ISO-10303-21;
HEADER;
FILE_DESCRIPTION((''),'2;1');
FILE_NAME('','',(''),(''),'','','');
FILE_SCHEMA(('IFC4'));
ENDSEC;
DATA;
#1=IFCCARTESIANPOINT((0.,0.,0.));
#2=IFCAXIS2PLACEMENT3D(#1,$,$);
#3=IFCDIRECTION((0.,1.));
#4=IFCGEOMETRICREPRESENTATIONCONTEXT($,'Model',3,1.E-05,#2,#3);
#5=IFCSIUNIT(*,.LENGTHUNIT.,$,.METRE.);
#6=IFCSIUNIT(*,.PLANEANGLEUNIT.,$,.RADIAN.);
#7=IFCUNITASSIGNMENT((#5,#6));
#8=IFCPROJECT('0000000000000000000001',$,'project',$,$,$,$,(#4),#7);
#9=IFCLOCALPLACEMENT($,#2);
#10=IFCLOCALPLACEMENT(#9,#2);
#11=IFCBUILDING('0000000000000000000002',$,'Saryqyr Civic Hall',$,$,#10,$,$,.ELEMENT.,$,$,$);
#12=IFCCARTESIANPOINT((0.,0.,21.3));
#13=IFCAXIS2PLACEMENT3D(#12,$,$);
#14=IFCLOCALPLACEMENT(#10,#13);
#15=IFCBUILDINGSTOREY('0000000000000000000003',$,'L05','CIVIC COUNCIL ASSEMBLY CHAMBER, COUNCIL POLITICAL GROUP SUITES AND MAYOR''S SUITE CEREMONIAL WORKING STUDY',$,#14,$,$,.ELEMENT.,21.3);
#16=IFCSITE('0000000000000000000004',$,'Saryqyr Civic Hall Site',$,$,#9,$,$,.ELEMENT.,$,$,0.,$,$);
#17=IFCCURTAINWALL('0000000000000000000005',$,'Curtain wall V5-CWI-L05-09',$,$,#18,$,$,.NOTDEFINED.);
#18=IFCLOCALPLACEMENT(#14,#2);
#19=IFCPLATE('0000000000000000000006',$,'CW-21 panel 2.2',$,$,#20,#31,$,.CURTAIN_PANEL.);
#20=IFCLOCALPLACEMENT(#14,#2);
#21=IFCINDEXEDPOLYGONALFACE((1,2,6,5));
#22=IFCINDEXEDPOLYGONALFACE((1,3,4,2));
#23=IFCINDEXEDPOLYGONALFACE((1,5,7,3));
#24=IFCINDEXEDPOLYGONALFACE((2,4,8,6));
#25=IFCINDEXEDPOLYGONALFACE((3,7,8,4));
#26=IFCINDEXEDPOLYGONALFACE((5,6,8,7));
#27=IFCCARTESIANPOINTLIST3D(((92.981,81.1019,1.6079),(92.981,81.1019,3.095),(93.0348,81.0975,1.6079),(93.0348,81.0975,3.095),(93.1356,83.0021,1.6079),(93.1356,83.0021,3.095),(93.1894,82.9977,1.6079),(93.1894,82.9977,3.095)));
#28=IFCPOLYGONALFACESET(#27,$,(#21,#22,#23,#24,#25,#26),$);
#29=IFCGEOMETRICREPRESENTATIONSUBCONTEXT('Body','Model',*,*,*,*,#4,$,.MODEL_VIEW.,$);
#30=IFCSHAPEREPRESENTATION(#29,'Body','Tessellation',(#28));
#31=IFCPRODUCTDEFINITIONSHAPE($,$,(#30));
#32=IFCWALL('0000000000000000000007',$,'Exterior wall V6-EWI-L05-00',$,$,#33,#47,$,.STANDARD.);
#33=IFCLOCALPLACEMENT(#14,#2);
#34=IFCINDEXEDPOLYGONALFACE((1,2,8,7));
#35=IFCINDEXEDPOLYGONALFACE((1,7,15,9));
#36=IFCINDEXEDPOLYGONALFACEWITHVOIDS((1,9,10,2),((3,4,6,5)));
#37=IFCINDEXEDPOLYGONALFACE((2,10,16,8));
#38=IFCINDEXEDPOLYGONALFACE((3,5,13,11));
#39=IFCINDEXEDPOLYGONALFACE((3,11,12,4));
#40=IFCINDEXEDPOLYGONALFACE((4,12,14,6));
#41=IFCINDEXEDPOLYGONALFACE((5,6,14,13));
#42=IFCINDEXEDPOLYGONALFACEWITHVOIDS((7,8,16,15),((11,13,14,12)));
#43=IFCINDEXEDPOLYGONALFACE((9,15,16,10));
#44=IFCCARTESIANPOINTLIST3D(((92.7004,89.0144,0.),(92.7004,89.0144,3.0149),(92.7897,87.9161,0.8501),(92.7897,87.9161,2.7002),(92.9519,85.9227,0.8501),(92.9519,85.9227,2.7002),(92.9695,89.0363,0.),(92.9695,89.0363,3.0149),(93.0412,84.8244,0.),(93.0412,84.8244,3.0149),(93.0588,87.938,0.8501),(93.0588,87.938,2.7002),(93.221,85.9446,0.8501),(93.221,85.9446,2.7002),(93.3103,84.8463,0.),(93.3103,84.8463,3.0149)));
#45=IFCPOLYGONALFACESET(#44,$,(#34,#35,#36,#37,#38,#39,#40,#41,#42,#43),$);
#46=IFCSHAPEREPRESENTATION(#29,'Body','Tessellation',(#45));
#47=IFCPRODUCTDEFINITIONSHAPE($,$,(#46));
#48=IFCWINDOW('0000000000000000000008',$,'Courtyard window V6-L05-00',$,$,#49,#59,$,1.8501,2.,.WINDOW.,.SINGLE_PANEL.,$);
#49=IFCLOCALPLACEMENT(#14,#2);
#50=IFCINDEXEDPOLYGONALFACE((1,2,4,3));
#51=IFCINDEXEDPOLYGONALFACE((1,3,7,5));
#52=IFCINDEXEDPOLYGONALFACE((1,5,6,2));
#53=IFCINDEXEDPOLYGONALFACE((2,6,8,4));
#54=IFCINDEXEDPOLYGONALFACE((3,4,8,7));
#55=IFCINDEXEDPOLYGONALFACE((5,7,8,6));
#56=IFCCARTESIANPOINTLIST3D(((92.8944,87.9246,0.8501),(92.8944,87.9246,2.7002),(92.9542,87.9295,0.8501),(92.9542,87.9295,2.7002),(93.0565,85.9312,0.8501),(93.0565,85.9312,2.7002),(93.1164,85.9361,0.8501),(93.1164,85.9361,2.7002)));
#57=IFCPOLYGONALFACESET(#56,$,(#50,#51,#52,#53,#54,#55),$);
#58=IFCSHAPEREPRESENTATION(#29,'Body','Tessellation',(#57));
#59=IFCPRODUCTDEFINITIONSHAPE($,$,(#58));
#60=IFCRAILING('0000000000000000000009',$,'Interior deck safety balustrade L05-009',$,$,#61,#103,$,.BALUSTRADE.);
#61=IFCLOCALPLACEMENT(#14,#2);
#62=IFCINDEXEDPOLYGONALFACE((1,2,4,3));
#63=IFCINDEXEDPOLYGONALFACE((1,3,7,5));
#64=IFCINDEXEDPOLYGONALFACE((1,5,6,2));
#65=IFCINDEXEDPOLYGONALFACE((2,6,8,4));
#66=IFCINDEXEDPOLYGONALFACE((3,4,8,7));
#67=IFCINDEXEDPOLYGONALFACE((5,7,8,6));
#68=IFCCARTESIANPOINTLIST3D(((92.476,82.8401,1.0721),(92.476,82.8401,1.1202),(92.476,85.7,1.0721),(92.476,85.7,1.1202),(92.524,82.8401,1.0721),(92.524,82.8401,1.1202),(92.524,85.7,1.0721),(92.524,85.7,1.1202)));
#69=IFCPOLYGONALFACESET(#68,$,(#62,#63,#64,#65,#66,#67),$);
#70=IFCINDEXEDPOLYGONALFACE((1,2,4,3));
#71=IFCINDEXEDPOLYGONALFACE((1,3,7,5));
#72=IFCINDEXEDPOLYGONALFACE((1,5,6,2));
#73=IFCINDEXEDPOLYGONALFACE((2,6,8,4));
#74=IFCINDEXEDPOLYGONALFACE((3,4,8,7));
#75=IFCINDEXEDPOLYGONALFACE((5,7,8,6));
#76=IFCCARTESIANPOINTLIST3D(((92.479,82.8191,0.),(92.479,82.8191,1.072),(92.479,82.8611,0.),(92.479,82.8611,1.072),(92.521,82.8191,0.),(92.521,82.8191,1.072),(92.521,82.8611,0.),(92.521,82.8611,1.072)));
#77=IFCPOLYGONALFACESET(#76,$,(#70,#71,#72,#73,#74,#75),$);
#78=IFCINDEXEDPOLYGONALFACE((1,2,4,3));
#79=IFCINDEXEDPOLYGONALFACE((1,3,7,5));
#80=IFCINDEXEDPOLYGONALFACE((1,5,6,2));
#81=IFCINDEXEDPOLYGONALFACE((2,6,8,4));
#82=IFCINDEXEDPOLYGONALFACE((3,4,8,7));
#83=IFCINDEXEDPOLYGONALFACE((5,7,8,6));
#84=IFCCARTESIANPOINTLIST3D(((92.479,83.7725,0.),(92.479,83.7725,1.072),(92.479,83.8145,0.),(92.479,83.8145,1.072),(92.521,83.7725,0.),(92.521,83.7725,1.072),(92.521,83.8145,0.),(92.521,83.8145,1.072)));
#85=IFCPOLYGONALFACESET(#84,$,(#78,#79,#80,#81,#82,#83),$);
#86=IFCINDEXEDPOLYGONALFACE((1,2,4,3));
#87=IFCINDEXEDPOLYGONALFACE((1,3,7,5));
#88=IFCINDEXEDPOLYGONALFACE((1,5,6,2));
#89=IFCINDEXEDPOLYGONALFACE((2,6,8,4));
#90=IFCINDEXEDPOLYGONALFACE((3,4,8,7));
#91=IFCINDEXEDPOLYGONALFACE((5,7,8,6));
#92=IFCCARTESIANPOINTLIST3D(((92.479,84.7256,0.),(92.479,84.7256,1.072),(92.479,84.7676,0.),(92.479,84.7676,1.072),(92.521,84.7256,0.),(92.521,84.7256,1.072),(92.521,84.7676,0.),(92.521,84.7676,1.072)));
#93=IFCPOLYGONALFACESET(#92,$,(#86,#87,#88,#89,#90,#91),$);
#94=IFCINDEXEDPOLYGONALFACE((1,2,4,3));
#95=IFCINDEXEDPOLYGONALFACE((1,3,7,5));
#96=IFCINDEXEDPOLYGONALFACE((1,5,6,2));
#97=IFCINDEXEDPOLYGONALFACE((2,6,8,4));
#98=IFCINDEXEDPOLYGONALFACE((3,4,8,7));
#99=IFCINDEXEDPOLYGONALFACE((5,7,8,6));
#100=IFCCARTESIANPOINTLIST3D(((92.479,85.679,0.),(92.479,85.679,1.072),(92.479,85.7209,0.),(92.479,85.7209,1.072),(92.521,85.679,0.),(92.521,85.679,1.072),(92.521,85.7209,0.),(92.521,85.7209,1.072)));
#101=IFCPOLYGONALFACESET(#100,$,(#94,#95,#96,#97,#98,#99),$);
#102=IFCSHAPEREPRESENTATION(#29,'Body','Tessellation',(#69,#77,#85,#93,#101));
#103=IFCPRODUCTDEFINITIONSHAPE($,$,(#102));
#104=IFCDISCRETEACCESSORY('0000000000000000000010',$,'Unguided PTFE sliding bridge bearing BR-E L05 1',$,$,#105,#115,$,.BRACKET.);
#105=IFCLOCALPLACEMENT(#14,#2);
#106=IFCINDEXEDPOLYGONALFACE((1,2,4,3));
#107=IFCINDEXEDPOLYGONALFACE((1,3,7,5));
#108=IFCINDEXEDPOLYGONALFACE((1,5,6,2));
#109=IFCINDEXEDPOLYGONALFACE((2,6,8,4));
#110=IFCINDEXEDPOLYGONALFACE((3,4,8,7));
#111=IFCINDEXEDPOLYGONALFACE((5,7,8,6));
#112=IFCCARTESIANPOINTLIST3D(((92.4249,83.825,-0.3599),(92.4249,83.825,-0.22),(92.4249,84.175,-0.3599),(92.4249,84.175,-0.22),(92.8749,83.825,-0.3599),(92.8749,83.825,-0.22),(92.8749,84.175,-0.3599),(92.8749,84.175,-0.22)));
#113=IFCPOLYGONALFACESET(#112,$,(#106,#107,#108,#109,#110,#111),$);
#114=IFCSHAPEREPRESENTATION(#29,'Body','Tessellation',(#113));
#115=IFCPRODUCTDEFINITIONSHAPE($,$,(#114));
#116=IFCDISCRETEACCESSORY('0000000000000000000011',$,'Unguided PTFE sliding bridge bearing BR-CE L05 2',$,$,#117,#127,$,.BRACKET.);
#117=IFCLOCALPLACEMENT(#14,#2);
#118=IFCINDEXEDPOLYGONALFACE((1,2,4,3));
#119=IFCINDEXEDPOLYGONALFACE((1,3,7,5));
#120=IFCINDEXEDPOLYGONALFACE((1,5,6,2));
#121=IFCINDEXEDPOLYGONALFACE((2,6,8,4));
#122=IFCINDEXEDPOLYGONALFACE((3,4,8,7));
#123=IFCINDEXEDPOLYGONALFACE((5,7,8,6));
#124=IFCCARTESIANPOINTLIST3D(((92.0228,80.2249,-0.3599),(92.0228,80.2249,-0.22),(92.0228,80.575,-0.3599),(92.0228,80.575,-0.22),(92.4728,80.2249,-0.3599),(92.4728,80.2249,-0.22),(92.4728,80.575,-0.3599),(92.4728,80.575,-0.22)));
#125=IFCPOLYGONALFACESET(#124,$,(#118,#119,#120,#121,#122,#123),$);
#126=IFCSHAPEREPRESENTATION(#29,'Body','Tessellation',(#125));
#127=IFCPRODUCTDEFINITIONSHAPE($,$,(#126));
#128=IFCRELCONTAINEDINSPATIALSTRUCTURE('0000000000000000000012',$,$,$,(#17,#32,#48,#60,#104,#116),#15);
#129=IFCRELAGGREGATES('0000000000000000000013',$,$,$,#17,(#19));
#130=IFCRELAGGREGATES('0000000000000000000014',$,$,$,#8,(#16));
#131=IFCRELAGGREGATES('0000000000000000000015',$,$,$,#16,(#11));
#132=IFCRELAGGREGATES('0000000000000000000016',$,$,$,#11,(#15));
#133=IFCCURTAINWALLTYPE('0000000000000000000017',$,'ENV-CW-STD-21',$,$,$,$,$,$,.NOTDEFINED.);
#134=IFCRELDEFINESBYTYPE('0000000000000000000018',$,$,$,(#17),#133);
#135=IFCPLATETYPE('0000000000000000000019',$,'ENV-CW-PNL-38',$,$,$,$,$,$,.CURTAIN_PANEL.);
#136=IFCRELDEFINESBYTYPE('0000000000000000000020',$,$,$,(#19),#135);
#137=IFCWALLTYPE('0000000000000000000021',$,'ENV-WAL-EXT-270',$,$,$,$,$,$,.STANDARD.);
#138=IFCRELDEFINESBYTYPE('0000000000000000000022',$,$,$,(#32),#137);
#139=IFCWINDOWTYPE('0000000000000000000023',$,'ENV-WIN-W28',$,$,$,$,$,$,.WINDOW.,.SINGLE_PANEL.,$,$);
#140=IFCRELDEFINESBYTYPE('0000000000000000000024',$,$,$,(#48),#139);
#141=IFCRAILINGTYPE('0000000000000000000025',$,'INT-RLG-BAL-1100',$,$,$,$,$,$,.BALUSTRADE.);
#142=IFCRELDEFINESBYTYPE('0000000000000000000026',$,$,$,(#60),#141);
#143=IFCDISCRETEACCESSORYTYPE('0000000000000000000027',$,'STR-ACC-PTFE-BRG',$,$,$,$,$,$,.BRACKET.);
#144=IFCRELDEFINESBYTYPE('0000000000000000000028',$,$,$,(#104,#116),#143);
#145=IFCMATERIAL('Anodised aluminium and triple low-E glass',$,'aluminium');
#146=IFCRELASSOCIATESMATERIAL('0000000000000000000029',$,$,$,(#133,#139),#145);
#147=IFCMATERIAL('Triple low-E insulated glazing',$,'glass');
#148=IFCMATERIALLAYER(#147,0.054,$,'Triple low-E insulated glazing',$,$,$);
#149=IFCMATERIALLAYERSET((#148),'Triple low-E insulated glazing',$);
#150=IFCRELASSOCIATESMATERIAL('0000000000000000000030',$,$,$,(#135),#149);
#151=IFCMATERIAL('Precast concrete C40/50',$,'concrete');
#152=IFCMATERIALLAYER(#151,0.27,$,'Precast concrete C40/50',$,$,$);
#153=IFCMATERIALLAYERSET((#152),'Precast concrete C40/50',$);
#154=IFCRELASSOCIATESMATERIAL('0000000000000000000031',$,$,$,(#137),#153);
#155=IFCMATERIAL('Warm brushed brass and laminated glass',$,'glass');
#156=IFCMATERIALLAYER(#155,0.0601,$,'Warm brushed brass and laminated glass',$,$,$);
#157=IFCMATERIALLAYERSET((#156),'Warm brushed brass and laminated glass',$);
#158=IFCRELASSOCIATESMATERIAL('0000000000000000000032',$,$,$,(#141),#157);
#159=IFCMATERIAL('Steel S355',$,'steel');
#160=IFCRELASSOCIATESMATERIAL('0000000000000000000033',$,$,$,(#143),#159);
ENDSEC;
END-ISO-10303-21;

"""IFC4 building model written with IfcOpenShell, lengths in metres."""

from ifc_helpers import new_model, si_unit, direction, frame, frame_2d, origin, origin_2d, place, context, subcontext, project, spatial, rectangle, extrude, material, layer, layer_set, type_object, element, fill, aggregate, save


model = new_model("IFC4")

# Units and contexts
model_context = context("Model", 3, precision=1e-05, world=origin(), true_north=direction((0.0, 1.0)))
body_context = subcontext(model_context, "Body", "Model", "MODEL_VIEW")
ifc_project = project(units=[si_unit("LENGTHUNIT", "METRE"), si_unit("PLANEANGLEUNIT", "RADIAN")], contexts=[model_context])

# Site, building, storey
site_placement = place(None, origin())
site = spatial("IfcSite", under=ifc_project, at=site_placement, Name="Saryqyr Civic Hall Site", CompositionType="ELEMENT", RefElevation=0.0)
building_placement = place(site_placement, origin())
building = spatial("IfcBuilding", under=site, at=building_placement, Name="Saryqyr Civic Hall", CompositionType="ELEMENT")
storey_placement = place(building_placement, frame((0.0, 0.0, 21.3)))
storey = spatial("IfcBuildingStorey", under=building, at=storey_placement, Name="L05", Description="CIVIC COUNCIL ASSEMBLY CHAMBER, COUNCIL POLITICAL GROUP SUITES AND MAYOR'S SUITE CEREMONIAL WORKING STUDY", CompositionType="ELEMENT", Elevation=21.3)

# Curtain wall
ifc_material_1 = material(Name="Anodised aluminium and triple low-E glass", Category="aluminium")
curtain_wall_type_1 = type_object("IfcCurtainWallType", Name="ENV-CW-STD-21", PredefinedType="NOTDEFINED", material=ifc_material_1)
curtain_wall_1_placement = place(storey_placement, origin())
curtain_wall_1 = element("IfcCurtainWall", 1, at=curtain_wall_1_placement, inside=storey, type_object=curtain_wall_type_1, Name="Curtain wall V5-CWI-L05-09", PredefinedType="NOTDEFINED")

# Plate
ifc_material_2 = material(Name="Triple low-E insulated glazing", Category="glass")
ifc_layer_1 = layer(ifc_material_2, 0.054, Name="Triple low-E insulated glazing")
ifc_layer_set_1 = layer_set([ifc_layer_1], Name="Triple low-E insulated glazing")
plate_type = type_object("IfcPlateType", Name="ENV-CW-PNL-38", PredefinedType="CURTAIN_PANEL", material=ifc_layer_set_1)
plate_1_placement = place(storey_placement, frame((93.0852, 82.0498, 1.6079), z_axis=(0.0, 0.0, 1.0), x_axis=(0.081091, 0.996707, 0.0)))
plate_1 = element("IfcPlate", 2, at=plate_1_placement, type_object=plate_type, Name="CW-21 panel 2.2", PredefinedType="CURTAIN_PANEL", context=body_context, shape_type="SweptSolid", body=[
    extrude(rectangle(XDim=1.9065, YDim=0.054, at=origin_2d()), origin(), (0.0, 0.0, 1.0), 1.4871),
])
aggregate(curtain_wall_1, [plate_1])

# Wall, opening, window
ifc_material_3 = material(Name="Precast concrete C40/50", Category="concrete")
ifc_layer_2 = layer(ifc_material_3, 0.27, Name="Precast concrete C40/50")
ifc_layer_set_2 = layer_set([ifc_layer_2], Name="Precast concrete C40/50")
wall_type = type_object("IfcWallType", Name="ENV-WAL-EXT-270", PredefinedType="STANDARD", material=ifc_layer_set_2)
wall_placement = place(storey_placement, frame((93.1758, 84.8352, 0.0), z_axis=(0.0, 0.0, 1.0), x_axis=(-0.081075, 0.996708, 0.0)))
wall = element("IfcWall", 3, at=wall_placement, inside=storey, type_object=wall_type, Name="Exterior wall V6-EWI-L05-00", PredefinedType="STANDARD", context=body_context, shape_type="SweptSolid", body=[
    extrude(rectangle(XDim=4.2039, YDim=0.27, at=frame_2d((2.1021, 0.0))), origin(), (0.0, 0.0, 1.0), 3.0149),
])
opening_placement = place(wall_placement, frame((1.1021, 0.0, 0.8501)))
opening = element("IfcOpeningElement", 4, at=opening_placement, cuts=wall, PredefinedType="OPENING", context=body_context, shape_type="SweptSolid", body=[
    extrude(rectangle(XDim=2.0, YDim=1.8501, at=frame_2d((1.0, 0.925))), frame((0.0, 0.145, 0.0), z_axis=(0.0, -1.0, 0.0), x_axis=(1.0, 0.0, 0.0)), (0.0, 0.0, 1.0), 0.29),
])
window_type = type_object("IfcWindowType", Name="ENV-WIN-W28", PartitioningType="SINGLE_PANEL", PredefinedType="WINDOW", material=ifc_material_1)
window_placement = place(opening_placement, origin())
window = element("IfcWindow", 5, at=window_placement, inside=storey, type_object=window_type, Name="Courtyard window V6-L05-00", OverallHeight=1.8501, OverallWidth=2.0, PartitioningType="SINGLE_PANEL", PredefinedType="WINDOW", context=body_context, shape_type="SweptSolid", body=[
    extrude(rectangle(XDim=2.0, YDim=1.8501, at=frame_2d((1.0, 0.925))), frame((0.0, 0.03, 0.0), z_axis=(0.0, -1.0, 0.0), x_axis=(1.0, 0.0, 0.0)), (0.0, 0.0, 1.0), 0.0601),
])
fill(opening, window)

# Railing
ifc_material_4 = material(Name="Warm brushed brass and laminated glass", Category="glass")
ifc_layer_3 = layer(ifc_material_4, 0.0601, Name="Warm brushed brass and laminated glass")
ifc_layer_set_3 = layer_set([ifc_layer_3], Name="Warm brushed brass and laminated glass")
railing_type = type_object("IfcRailingType", Name="INT-RLG-BAL-1100", PredefinedType="BALUSTRADE", material=ifc_layer_set_3)
railing_placement = place(storey_placement, frame((92.5, 82.8401, 0.0)))
element("IfcRailing", 6, at=railing_placement, inside=storey, type_object=railing_type, Name="Interior deck safety balustrade L05-009", PredefinedType="BALUSTRADE", context=body_context, shape_type="SweptSolid", body=[
    extrude(rectangle(XDim=0.0481, YDim=0.0481, at=origin_2d()), frame((0.0, 0.0, 1.0962), z_axis=(0.0, 1.0, 0.0), x_axis=(-1.0, 0.0, 0.0)), (0.0, 0.0, 1.0), 2.8599),
    extrude(rectangle(XDim=0.042, YDim=0.042, at=origin_2d()), origin(), (0.0, 0.0, 1.0), 1.072),
    extrude(rectangle(XDim=0.042, YDim=0.042, at=origin_2d()), frame((0.0, 0.9534, 0.0)), (0.0, 0.0, 1.0), 1.072),
    extrude(rectangle(XDim=0.042, YDim=0.042, at=origin_2d()), frame((0.0, 1.9065, 0.0)), (0.0, 0.0, 1.0), 1.072),
    extrude(rectangle(XDim=0.042, YDim=0.042, at=origin_2d()), frame((0.0, 2.8599, 0.0)), (0.0, 0.0, 1.0), 1.072),
])

# Discrete accessories
ifc_material_5 = material(Name="Steel S355", Category="steel")
discrete_accessory_type = type_object("IfcDiscreteAccessoryType", Name="STR-ACC-PTFE-BRG", PredefinedType="BRACKET", material=ifc_material_5)
for number, where, z_axis, x_axis, name in (
    (7, (92.6499, 84.0, -0.3599), (0.0, 0.0, 1.0), (1.0, 0.0, 0.0), "Unguided PTFE sliding bridge bearing BR-E L05 1"),
    (8, (92.2478, 80.3999, -0.3599), (0.0, 0.0, 1.0), (1.0, 0.0, 0.0), "Unguided PTFE sliding bridge bearing BR-CE L05 2"),
):
    element("IfcDiscreteAccessory", number, at=place(storey_placement, frame(where, z_axis=z_axis, x_axis=x_axis)), inside=storey, type_object=discrete_accessory_type, Name=name, PredefinedType="BRACKET", context=body_context, shape_type="SweptSolid", body=[
        extrude(rectangle(XDim=0.45, YDim=0.3501, at=origin_2d()), origin(), (0.0, 0.0, 1.0), 0.1399),
    ])

save(model, "model.ifc")
